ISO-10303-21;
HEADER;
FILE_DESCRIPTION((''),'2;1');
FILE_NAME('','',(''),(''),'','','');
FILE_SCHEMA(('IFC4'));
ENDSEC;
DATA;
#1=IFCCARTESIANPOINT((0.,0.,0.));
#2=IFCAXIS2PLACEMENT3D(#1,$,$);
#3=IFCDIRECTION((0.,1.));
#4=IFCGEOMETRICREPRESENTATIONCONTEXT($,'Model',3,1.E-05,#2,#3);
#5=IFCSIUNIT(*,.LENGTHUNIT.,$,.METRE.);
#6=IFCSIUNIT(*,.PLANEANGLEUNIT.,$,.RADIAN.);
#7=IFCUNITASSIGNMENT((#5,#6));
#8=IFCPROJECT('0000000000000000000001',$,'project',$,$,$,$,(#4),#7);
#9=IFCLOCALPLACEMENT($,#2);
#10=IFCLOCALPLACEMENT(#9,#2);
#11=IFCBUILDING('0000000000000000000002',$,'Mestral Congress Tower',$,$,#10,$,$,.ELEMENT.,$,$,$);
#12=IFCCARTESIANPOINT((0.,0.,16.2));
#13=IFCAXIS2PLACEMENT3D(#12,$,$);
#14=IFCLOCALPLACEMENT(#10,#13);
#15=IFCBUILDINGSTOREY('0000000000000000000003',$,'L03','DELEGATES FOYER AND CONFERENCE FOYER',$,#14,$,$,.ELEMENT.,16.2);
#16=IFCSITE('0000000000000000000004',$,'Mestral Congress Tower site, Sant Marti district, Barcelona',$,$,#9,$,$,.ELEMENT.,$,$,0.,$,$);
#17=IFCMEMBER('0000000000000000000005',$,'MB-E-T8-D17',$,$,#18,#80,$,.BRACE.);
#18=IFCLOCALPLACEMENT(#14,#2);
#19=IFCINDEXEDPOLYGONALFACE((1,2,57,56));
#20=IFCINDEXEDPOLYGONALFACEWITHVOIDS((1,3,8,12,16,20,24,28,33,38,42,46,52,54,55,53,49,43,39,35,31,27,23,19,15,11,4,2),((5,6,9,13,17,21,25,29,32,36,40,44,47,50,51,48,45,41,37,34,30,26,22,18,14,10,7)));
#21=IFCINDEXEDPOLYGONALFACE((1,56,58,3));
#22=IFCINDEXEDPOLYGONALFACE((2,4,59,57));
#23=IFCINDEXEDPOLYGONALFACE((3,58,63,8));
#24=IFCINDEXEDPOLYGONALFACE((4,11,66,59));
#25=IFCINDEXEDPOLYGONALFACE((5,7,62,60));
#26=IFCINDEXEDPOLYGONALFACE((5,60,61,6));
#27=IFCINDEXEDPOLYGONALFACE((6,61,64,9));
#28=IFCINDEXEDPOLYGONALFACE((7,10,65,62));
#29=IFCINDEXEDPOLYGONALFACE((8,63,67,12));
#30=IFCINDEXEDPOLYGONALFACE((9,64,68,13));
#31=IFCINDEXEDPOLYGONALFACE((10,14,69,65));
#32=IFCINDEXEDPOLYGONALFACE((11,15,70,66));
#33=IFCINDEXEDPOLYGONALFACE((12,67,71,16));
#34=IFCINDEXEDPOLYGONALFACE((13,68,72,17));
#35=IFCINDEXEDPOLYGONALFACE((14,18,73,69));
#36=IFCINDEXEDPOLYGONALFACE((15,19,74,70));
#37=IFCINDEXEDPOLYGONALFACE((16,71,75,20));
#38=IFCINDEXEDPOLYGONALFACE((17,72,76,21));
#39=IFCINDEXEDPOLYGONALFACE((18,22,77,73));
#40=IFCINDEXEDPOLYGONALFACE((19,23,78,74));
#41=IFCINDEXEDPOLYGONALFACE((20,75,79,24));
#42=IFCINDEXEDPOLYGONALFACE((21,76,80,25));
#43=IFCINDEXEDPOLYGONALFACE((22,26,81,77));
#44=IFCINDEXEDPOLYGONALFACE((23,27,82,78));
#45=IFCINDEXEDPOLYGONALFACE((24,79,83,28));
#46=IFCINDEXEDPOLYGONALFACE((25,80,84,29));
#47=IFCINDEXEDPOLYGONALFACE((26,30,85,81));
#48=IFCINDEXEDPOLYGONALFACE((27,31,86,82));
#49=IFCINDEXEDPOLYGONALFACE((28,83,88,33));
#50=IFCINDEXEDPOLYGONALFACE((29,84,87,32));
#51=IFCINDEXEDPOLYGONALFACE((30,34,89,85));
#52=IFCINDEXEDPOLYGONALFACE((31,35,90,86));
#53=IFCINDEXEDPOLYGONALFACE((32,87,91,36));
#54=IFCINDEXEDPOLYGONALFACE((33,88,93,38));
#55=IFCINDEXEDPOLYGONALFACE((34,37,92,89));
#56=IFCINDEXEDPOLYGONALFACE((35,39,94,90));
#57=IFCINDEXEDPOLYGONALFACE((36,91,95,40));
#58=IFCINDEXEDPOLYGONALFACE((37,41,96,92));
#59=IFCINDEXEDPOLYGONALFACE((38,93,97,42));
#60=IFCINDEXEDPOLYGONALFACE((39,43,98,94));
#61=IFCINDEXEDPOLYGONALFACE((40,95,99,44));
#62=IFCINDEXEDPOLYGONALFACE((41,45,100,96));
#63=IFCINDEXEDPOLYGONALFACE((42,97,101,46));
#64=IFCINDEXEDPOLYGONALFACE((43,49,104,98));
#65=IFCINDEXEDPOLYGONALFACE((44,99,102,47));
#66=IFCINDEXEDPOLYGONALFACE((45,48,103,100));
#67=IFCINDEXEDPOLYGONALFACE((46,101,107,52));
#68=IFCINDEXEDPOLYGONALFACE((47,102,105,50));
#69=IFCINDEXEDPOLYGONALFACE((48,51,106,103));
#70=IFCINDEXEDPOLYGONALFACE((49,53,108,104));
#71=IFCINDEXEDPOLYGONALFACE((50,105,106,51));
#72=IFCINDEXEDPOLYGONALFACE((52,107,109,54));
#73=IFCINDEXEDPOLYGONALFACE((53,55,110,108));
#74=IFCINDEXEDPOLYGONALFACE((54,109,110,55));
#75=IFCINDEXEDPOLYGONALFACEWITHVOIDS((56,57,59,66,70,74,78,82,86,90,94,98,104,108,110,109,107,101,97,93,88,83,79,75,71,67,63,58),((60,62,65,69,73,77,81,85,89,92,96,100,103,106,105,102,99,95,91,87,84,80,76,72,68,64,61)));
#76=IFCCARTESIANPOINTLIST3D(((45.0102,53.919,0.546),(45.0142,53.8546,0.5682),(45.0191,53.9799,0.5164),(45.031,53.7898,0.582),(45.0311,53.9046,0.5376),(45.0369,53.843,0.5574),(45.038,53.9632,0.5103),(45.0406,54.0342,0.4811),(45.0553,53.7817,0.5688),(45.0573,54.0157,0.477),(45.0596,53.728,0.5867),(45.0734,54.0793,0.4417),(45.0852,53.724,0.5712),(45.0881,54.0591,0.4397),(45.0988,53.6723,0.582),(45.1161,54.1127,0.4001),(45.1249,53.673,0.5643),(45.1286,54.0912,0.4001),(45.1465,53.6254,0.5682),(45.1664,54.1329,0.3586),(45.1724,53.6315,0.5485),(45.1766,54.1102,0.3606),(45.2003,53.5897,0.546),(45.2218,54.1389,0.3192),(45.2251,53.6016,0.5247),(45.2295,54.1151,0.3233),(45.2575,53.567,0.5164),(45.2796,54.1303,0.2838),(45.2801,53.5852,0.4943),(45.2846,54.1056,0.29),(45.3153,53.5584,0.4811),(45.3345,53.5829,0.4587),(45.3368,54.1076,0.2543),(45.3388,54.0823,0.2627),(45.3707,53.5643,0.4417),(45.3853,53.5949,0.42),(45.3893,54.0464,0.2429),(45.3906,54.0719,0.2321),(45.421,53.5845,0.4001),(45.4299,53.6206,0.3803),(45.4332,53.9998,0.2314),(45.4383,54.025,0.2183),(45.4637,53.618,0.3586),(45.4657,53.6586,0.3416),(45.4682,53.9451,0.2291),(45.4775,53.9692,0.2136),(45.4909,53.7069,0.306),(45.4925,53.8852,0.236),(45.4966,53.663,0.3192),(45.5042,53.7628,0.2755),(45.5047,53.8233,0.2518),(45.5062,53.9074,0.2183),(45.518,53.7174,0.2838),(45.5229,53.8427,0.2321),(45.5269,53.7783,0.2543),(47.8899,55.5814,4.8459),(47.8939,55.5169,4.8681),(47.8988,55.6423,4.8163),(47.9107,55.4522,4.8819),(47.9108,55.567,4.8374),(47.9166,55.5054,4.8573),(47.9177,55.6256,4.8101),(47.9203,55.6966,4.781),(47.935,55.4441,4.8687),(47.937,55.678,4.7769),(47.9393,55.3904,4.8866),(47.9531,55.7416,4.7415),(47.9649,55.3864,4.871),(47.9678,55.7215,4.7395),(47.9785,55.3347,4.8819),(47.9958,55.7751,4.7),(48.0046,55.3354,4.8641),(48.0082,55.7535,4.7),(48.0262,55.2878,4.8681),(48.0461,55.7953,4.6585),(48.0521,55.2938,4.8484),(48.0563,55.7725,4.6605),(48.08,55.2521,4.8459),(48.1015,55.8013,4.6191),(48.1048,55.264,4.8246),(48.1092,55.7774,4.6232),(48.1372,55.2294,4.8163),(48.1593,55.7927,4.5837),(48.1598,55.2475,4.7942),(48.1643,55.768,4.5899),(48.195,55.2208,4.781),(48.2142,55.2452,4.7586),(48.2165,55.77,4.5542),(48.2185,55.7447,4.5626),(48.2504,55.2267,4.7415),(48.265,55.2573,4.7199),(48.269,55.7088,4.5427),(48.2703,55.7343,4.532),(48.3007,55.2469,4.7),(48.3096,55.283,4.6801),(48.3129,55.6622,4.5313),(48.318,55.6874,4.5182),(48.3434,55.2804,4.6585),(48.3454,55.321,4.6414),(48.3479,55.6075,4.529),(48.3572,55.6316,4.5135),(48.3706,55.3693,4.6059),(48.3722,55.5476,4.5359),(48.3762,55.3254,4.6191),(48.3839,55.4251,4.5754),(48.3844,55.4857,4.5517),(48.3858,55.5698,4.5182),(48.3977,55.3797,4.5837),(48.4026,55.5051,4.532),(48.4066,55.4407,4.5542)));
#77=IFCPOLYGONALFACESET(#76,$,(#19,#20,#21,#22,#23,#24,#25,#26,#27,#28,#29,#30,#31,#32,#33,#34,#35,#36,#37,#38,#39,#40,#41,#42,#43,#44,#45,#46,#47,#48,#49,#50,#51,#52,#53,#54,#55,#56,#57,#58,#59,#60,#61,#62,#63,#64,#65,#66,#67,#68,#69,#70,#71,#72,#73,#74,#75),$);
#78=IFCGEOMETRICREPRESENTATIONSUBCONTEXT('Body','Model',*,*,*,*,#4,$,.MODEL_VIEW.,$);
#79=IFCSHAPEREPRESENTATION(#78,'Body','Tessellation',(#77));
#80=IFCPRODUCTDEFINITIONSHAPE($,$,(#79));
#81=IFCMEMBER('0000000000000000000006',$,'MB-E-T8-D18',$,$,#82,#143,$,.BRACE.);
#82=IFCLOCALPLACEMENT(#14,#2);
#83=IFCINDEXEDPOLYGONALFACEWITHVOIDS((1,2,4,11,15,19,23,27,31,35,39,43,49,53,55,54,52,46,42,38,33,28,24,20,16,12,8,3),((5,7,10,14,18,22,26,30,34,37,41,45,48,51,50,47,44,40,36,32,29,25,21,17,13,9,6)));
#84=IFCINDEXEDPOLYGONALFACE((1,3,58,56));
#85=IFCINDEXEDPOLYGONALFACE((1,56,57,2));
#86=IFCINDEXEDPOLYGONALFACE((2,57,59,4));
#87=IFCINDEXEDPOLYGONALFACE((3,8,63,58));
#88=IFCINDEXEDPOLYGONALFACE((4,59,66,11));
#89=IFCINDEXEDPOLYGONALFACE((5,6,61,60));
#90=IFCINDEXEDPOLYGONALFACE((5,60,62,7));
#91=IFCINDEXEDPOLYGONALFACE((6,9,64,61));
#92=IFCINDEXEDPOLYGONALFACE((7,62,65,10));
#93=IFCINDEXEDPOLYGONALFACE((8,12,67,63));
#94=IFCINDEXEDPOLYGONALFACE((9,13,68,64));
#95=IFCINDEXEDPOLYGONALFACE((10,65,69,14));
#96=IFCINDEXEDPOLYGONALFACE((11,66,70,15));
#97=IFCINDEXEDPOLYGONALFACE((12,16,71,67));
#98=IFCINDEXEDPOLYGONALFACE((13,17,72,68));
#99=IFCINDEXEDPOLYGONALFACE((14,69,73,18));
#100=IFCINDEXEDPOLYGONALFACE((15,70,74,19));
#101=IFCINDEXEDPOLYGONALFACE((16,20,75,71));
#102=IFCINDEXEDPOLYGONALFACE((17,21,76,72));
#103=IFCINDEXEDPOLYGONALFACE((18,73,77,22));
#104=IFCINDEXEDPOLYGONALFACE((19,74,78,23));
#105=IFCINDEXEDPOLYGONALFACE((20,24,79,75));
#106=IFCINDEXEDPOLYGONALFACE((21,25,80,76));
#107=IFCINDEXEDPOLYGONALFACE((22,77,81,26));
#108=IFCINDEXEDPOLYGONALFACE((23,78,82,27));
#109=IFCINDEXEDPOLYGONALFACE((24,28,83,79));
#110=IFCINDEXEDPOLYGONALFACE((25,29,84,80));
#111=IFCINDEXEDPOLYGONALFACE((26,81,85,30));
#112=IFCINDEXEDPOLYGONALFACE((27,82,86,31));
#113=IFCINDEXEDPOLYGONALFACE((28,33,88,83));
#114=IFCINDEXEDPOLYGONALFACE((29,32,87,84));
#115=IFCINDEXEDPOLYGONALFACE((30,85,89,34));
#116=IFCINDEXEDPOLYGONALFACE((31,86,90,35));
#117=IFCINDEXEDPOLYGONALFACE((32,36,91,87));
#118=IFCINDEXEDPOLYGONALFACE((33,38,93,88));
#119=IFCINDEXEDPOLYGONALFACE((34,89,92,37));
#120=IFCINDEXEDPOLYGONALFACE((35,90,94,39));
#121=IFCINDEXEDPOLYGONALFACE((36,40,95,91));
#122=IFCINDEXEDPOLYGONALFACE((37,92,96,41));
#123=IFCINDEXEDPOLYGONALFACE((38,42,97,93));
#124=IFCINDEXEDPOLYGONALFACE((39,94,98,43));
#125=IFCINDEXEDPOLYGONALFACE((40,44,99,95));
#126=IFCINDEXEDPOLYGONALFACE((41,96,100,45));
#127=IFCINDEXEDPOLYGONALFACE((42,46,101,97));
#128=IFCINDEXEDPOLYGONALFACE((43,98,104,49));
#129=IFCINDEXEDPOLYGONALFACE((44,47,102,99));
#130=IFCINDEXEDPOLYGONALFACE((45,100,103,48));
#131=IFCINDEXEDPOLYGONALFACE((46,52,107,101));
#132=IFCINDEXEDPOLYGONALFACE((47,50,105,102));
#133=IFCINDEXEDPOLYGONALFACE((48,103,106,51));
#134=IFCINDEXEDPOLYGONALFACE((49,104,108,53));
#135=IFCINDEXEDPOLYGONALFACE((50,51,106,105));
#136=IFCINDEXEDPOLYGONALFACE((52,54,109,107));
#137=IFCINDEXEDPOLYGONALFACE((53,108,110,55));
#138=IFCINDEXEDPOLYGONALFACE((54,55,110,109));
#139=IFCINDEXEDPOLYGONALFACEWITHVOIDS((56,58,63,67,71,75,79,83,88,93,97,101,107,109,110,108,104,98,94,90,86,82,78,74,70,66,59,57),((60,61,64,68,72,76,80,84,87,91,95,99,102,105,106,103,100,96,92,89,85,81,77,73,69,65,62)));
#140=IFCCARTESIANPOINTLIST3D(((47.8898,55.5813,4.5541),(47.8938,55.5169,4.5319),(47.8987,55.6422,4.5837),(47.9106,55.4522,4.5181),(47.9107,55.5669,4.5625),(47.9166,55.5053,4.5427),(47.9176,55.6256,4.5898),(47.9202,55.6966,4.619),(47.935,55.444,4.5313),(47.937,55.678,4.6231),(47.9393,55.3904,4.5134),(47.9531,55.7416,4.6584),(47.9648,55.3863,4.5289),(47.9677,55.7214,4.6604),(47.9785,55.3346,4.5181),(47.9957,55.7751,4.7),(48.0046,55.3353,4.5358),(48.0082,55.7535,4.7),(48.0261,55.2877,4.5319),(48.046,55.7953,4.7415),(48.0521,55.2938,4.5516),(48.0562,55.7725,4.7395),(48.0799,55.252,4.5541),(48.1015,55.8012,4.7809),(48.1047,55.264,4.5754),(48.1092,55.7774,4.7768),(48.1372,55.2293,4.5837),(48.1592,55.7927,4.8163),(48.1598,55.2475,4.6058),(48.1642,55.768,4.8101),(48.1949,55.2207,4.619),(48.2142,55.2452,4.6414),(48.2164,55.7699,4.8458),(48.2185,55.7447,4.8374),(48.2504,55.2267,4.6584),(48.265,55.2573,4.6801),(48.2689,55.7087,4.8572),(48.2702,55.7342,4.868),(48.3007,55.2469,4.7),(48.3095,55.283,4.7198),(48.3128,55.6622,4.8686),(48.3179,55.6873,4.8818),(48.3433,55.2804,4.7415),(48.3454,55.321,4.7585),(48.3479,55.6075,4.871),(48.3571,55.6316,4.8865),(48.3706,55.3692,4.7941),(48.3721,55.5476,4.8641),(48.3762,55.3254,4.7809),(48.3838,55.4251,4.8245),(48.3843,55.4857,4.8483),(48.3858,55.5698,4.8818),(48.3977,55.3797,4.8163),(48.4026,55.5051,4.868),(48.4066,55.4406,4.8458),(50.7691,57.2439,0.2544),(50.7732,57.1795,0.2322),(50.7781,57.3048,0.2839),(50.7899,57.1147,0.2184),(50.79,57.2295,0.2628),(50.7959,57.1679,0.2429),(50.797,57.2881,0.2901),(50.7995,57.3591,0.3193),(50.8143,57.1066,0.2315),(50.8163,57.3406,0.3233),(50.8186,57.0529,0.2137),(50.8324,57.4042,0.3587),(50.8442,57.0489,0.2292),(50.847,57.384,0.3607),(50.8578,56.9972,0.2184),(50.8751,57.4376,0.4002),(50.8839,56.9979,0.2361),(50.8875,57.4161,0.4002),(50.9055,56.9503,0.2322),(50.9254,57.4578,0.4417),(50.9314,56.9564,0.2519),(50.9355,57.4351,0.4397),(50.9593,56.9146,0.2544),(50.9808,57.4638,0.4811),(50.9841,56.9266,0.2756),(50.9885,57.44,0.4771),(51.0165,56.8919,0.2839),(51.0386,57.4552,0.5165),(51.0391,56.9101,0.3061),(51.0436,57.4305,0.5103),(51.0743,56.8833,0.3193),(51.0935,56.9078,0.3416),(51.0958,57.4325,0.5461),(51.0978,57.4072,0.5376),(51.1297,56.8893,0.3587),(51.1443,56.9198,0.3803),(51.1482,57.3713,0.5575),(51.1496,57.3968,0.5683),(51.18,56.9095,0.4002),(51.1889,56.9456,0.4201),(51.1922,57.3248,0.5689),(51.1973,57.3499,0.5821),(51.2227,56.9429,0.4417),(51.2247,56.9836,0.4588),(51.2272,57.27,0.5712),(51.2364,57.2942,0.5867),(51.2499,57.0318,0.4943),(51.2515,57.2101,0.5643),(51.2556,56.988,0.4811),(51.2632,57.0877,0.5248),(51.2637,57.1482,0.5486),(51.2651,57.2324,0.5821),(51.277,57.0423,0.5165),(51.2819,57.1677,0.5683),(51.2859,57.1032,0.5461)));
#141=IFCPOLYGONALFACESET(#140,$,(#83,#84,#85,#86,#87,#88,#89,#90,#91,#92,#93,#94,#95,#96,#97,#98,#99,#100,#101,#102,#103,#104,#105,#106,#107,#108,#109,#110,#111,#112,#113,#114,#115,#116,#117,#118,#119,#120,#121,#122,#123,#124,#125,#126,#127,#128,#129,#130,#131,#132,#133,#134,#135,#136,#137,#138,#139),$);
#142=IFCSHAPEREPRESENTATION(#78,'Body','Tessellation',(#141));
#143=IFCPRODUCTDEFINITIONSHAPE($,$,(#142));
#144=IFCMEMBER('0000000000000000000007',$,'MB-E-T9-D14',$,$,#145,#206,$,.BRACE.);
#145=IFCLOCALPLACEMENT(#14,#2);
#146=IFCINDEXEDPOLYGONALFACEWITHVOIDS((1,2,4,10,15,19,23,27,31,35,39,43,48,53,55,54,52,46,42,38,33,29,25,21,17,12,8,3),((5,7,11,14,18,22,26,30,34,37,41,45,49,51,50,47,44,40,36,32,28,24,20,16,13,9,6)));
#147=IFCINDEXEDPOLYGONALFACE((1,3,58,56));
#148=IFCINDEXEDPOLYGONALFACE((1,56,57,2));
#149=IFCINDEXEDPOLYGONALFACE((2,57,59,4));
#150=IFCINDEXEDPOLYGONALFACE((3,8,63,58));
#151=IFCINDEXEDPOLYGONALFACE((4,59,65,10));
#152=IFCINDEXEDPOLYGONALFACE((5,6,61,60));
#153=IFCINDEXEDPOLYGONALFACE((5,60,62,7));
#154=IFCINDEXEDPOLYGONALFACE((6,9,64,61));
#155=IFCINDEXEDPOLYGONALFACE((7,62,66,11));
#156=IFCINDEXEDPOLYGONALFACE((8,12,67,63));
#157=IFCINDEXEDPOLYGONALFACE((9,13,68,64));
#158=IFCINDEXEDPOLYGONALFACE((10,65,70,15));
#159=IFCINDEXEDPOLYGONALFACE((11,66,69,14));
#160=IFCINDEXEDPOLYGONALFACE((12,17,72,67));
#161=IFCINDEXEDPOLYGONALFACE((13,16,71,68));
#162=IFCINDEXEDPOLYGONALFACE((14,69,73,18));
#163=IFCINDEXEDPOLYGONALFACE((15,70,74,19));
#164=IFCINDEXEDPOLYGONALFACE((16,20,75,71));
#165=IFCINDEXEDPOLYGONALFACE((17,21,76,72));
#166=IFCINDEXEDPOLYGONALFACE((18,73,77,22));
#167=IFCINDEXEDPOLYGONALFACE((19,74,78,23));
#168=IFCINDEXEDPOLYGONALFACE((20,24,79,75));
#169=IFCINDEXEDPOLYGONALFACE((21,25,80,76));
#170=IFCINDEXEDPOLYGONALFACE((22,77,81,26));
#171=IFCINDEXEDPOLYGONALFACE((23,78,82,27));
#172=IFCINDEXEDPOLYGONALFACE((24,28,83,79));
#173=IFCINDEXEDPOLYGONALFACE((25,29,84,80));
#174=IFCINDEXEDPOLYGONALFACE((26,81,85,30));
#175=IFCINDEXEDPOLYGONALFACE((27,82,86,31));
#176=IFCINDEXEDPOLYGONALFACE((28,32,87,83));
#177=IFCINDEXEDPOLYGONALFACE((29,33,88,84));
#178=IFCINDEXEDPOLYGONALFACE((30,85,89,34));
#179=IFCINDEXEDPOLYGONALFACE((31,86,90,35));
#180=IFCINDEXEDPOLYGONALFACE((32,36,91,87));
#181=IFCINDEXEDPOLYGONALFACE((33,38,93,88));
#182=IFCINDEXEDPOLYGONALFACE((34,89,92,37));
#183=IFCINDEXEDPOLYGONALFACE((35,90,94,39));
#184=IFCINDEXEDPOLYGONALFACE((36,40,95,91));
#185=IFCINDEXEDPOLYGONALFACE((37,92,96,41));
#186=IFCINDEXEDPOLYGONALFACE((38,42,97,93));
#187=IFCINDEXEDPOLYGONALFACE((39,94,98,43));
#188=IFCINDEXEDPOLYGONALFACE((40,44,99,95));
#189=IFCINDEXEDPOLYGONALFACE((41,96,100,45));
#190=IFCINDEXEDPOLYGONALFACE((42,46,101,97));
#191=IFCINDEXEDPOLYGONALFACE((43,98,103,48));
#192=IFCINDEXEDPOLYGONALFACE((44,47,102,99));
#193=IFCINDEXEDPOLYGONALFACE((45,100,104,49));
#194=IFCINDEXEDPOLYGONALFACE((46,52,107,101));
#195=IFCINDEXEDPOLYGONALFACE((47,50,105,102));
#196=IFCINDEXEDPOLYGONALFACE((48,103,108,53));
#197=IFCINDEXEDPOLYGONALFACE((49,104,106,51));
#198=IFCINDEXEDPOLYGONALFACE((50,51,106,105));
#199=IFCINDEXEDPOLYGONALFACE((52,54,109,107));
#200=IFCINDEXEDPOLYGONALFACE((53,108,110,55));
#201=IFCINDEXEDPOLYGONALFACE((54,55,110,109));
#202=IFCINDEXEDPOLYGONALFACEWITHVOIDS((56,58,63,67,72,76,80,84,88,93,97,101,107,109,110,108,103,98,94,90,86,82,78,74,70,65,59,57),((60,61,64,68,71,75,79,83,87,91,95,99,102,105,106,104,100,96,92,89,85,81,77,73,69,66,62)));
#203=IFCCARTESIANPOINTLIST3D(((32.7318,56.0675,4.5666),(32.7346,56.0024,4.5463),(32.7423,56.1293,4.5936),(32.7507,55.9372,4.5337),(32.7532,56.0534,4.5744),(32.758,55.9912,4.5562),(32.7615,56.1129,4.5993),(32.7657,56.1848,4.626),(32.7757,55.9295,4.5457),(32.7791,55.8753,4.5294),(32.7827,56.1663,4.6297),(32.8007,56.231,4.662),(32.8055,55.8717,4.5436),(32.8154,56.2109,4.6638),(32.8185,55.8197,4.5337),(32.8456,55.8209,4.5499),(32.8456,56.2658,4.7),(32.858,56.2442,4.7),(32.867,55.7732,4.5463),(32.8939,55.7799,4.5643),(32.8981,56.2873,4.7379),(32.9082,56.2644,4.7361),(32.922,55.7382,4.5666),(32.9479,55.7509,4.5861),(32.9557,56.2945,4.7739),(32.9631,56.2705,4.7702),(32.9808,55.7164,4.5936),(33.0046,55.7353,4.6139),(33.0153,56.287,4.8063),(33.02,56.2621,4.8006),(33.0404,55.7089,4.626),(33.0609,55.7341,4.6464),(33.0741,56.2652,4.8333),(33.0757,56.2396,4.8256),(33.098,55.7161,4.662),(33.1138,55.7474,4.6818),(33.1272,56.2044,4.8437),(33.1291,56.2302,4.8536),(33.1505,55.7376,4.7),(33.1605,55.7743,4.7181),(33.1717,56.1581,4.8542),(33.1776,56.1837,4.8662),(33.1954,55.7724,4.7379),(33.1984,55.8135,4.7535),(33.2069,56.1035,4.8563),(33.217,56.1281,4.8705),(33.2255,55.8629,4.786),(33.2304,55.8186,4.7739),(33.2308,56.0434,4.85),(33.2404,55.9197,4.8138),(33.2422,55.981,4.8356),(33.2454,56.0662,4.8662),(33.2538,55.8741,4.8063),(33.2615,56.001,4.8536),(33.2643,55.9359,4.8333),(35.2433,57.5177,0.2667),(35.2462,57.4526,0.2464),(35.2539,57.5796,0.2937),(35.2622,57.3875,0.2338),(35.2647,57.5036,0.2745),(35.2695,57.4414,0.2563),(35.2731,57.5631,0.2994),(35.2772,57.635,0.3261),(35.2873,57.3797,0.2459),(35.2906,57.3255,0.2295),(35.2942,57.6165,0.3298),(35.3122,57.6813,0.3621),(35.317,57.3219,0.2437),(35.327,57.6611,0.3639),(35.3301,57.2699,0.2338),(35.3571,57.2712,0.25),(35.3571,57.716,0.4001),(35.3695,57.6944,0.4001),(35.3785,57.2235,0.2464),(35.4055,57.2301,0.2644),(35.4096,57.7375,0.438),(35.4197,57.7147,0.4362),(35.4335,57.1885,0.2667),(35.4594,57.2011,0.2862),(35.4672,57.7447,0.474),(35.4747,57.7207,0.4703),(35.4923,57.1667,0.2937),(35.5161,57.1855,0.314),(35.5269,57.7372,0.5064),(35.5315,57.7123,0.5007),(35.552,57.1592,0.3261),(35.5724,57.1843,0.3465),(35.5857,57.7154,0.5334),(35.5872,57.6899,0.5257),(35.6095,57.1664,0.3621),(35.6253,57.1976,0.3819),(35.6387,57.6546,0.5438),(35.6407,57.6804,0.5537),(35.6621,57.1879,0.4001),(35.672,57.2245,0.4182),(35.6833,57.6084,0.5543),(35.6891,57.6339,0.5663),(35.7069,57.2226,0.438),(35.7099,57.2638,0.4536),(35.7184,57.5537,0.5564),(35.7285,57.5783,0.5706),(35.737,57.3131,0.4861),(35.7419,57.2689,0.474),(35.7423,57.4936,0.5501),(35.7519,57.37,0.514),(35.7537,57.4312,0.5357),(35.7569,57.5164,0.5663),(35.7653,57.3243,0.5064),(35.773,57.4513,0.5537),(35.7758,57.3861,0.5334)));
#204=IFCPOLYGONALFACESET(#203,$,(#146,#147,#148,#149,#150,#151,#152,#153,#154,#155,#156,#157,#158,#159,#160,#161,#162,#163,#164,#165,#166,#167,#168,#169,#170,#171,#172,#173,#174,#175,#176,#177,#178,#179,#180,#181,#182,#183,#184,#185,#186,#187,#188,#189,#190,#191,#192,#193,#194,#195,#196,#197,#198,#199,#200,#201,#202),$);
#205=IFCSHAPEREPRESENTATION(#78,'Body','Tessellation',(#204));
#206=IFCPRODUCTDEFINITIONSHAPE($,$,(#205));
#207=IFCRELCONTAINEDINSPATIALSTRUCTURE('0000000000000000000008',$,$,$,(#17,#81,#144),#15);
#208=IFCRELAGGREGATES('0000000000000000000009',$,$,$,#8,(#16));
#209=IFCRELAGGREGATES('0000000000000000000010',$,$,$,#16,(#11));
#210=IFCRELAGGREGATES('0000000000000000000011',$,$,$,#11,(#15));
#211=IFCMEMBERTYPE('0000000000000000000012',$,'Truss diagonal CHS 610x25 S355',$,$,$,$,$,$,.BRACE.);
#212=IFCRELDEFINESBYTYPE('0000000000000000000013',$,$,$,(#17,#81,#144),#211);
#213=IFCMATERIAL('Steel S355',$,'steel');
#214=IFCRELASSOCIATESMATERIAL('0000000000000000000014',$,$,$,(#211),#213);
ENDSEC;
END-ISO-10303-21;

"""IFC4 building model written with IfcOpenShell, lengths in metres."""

from ifc_helpers import new_model, si_unit, direction, frame, origin, origin_2d, place, context, subcontext, project, spatial, hollow_circle, extrude, material, material_profile, profile_set, type_object, element, save


model = new_model("IFC4")

# Units and contexts
model_context = context("Model", 3, precision=1e-05, world=origin(), true_north=direction((0.0, 1.0)))
body_context = subcontext(model_context, "Body", "Model", "MODEL_VIEW")
ifc_project = project(units=[si_unit("LENGTHUNIT", "METRE"), si_unit("PLANEANGLEUNIT", "RADIAN")], contexts=[model_context])

# Site, building, storey
site_placement = place(None, origin())
site = spatial("IfcSite", under=ifc_project, at=site_placement, Name="Mestral Congress Tower site, Sant Marti district, Barcelona", CompositionType="ELEMENT", RefElevation=0.0)
building_placement = place(site_placement, origin())
building = spatial("IfcBuilding", under=site, at=building_placement, Name="Mestral Congress Tower", CompositionType="ELEMENT")
storey_placement = place(building_placement, frame((0.0, 0.0, 16.2)))
storey = spatial("IfcBuildingStorey", under=building, at=storey_placement, Name="L03", Description="DELEGATES FOYER AND CONFERENCE FOYER", CompositionType="ELEMENT", Elevation=16.2)

# Members
ifc_material_1 = material(Name="Steel S355", Category="steel")
ifc_material_profile_1 = material_profile(ifc_material_1, hollow_circle(Radius=0.3049, WallThickness=0.0249, at=origin_2d()), Name="CHS 610x25")
ifc_profile_set_1 = profile_set([ifc_material_profile_1], Name="Steel S355")
member_type_1 = type_object("IfcMemberType", Name="Truss diagonal CHS 610x25 S355", PredefinedType="BRACE", material=ifc_profile_set_1)
for number, where, z_axis, x_axis, name in (
    (1, (45.2686, 53.8486, 0.4001), (0.529789, 0.305836, 0.791068), (-0.499953, 0.866052, 0.0), "MB-E-T8-D17"),
):
    element("IfcMember", number, at=place(storey_placement, frame(where, z_axis=z_axis, x_axis=x_axis)), inside=storey, type_object=member_type_1, Name=name, PredefinedType="BRACE", context=body_context, shape_type="SweptSolid", body=[
        extrude(hollow_circle(Radius=0.3049, WallThickness=0.0249, at=origin_2d()), origin(), (0.0, 0.0, 1.0), 5.4355),
    ])
member_1_placement = place(storey_placement, frame((48.1482, 55.511, 4.7), z_axis=(0.529749, 0.305884, -0.791076), x_axis=(-0.50004, 0.866002, 0.0)))
element("IfcMember", 2, at=member_1_placement, inside=storey, type_object=member_type_1, Name="MB-E-T8-D18", PredefinedType="BRACE", context=body_context, shape_type="SweptSolid", body=[
    extrude(hollow_circle(Radius=0.3049, WallThickness=0.0249, at=origin_2d()), origin(), (0.0, 0.0, 1.0), 5.4353),
])
member_2_placement = place(storey_placement, frame((32.998, 56.0017, 4.7), z_axis=(0.484241, 0.279614, -0.829052), x_axis=(-0.50005, 0.865996, 0.0)))
element("IfcMember", 3, at=member_2_placement, inside=storey, type_object=member_type_1, Name="MB-E-T9-D14", PredefinedType="BRACE", context=body_context, shape_type="SweptSolid", body=[
    extrude(hollow_circle(Radius=0.3049, WallThickness=0.0249, at=origin_2d()), origin(), (0.0, 0.0, 1.0), 5.1865),
])

save(model, "model.ifc")
